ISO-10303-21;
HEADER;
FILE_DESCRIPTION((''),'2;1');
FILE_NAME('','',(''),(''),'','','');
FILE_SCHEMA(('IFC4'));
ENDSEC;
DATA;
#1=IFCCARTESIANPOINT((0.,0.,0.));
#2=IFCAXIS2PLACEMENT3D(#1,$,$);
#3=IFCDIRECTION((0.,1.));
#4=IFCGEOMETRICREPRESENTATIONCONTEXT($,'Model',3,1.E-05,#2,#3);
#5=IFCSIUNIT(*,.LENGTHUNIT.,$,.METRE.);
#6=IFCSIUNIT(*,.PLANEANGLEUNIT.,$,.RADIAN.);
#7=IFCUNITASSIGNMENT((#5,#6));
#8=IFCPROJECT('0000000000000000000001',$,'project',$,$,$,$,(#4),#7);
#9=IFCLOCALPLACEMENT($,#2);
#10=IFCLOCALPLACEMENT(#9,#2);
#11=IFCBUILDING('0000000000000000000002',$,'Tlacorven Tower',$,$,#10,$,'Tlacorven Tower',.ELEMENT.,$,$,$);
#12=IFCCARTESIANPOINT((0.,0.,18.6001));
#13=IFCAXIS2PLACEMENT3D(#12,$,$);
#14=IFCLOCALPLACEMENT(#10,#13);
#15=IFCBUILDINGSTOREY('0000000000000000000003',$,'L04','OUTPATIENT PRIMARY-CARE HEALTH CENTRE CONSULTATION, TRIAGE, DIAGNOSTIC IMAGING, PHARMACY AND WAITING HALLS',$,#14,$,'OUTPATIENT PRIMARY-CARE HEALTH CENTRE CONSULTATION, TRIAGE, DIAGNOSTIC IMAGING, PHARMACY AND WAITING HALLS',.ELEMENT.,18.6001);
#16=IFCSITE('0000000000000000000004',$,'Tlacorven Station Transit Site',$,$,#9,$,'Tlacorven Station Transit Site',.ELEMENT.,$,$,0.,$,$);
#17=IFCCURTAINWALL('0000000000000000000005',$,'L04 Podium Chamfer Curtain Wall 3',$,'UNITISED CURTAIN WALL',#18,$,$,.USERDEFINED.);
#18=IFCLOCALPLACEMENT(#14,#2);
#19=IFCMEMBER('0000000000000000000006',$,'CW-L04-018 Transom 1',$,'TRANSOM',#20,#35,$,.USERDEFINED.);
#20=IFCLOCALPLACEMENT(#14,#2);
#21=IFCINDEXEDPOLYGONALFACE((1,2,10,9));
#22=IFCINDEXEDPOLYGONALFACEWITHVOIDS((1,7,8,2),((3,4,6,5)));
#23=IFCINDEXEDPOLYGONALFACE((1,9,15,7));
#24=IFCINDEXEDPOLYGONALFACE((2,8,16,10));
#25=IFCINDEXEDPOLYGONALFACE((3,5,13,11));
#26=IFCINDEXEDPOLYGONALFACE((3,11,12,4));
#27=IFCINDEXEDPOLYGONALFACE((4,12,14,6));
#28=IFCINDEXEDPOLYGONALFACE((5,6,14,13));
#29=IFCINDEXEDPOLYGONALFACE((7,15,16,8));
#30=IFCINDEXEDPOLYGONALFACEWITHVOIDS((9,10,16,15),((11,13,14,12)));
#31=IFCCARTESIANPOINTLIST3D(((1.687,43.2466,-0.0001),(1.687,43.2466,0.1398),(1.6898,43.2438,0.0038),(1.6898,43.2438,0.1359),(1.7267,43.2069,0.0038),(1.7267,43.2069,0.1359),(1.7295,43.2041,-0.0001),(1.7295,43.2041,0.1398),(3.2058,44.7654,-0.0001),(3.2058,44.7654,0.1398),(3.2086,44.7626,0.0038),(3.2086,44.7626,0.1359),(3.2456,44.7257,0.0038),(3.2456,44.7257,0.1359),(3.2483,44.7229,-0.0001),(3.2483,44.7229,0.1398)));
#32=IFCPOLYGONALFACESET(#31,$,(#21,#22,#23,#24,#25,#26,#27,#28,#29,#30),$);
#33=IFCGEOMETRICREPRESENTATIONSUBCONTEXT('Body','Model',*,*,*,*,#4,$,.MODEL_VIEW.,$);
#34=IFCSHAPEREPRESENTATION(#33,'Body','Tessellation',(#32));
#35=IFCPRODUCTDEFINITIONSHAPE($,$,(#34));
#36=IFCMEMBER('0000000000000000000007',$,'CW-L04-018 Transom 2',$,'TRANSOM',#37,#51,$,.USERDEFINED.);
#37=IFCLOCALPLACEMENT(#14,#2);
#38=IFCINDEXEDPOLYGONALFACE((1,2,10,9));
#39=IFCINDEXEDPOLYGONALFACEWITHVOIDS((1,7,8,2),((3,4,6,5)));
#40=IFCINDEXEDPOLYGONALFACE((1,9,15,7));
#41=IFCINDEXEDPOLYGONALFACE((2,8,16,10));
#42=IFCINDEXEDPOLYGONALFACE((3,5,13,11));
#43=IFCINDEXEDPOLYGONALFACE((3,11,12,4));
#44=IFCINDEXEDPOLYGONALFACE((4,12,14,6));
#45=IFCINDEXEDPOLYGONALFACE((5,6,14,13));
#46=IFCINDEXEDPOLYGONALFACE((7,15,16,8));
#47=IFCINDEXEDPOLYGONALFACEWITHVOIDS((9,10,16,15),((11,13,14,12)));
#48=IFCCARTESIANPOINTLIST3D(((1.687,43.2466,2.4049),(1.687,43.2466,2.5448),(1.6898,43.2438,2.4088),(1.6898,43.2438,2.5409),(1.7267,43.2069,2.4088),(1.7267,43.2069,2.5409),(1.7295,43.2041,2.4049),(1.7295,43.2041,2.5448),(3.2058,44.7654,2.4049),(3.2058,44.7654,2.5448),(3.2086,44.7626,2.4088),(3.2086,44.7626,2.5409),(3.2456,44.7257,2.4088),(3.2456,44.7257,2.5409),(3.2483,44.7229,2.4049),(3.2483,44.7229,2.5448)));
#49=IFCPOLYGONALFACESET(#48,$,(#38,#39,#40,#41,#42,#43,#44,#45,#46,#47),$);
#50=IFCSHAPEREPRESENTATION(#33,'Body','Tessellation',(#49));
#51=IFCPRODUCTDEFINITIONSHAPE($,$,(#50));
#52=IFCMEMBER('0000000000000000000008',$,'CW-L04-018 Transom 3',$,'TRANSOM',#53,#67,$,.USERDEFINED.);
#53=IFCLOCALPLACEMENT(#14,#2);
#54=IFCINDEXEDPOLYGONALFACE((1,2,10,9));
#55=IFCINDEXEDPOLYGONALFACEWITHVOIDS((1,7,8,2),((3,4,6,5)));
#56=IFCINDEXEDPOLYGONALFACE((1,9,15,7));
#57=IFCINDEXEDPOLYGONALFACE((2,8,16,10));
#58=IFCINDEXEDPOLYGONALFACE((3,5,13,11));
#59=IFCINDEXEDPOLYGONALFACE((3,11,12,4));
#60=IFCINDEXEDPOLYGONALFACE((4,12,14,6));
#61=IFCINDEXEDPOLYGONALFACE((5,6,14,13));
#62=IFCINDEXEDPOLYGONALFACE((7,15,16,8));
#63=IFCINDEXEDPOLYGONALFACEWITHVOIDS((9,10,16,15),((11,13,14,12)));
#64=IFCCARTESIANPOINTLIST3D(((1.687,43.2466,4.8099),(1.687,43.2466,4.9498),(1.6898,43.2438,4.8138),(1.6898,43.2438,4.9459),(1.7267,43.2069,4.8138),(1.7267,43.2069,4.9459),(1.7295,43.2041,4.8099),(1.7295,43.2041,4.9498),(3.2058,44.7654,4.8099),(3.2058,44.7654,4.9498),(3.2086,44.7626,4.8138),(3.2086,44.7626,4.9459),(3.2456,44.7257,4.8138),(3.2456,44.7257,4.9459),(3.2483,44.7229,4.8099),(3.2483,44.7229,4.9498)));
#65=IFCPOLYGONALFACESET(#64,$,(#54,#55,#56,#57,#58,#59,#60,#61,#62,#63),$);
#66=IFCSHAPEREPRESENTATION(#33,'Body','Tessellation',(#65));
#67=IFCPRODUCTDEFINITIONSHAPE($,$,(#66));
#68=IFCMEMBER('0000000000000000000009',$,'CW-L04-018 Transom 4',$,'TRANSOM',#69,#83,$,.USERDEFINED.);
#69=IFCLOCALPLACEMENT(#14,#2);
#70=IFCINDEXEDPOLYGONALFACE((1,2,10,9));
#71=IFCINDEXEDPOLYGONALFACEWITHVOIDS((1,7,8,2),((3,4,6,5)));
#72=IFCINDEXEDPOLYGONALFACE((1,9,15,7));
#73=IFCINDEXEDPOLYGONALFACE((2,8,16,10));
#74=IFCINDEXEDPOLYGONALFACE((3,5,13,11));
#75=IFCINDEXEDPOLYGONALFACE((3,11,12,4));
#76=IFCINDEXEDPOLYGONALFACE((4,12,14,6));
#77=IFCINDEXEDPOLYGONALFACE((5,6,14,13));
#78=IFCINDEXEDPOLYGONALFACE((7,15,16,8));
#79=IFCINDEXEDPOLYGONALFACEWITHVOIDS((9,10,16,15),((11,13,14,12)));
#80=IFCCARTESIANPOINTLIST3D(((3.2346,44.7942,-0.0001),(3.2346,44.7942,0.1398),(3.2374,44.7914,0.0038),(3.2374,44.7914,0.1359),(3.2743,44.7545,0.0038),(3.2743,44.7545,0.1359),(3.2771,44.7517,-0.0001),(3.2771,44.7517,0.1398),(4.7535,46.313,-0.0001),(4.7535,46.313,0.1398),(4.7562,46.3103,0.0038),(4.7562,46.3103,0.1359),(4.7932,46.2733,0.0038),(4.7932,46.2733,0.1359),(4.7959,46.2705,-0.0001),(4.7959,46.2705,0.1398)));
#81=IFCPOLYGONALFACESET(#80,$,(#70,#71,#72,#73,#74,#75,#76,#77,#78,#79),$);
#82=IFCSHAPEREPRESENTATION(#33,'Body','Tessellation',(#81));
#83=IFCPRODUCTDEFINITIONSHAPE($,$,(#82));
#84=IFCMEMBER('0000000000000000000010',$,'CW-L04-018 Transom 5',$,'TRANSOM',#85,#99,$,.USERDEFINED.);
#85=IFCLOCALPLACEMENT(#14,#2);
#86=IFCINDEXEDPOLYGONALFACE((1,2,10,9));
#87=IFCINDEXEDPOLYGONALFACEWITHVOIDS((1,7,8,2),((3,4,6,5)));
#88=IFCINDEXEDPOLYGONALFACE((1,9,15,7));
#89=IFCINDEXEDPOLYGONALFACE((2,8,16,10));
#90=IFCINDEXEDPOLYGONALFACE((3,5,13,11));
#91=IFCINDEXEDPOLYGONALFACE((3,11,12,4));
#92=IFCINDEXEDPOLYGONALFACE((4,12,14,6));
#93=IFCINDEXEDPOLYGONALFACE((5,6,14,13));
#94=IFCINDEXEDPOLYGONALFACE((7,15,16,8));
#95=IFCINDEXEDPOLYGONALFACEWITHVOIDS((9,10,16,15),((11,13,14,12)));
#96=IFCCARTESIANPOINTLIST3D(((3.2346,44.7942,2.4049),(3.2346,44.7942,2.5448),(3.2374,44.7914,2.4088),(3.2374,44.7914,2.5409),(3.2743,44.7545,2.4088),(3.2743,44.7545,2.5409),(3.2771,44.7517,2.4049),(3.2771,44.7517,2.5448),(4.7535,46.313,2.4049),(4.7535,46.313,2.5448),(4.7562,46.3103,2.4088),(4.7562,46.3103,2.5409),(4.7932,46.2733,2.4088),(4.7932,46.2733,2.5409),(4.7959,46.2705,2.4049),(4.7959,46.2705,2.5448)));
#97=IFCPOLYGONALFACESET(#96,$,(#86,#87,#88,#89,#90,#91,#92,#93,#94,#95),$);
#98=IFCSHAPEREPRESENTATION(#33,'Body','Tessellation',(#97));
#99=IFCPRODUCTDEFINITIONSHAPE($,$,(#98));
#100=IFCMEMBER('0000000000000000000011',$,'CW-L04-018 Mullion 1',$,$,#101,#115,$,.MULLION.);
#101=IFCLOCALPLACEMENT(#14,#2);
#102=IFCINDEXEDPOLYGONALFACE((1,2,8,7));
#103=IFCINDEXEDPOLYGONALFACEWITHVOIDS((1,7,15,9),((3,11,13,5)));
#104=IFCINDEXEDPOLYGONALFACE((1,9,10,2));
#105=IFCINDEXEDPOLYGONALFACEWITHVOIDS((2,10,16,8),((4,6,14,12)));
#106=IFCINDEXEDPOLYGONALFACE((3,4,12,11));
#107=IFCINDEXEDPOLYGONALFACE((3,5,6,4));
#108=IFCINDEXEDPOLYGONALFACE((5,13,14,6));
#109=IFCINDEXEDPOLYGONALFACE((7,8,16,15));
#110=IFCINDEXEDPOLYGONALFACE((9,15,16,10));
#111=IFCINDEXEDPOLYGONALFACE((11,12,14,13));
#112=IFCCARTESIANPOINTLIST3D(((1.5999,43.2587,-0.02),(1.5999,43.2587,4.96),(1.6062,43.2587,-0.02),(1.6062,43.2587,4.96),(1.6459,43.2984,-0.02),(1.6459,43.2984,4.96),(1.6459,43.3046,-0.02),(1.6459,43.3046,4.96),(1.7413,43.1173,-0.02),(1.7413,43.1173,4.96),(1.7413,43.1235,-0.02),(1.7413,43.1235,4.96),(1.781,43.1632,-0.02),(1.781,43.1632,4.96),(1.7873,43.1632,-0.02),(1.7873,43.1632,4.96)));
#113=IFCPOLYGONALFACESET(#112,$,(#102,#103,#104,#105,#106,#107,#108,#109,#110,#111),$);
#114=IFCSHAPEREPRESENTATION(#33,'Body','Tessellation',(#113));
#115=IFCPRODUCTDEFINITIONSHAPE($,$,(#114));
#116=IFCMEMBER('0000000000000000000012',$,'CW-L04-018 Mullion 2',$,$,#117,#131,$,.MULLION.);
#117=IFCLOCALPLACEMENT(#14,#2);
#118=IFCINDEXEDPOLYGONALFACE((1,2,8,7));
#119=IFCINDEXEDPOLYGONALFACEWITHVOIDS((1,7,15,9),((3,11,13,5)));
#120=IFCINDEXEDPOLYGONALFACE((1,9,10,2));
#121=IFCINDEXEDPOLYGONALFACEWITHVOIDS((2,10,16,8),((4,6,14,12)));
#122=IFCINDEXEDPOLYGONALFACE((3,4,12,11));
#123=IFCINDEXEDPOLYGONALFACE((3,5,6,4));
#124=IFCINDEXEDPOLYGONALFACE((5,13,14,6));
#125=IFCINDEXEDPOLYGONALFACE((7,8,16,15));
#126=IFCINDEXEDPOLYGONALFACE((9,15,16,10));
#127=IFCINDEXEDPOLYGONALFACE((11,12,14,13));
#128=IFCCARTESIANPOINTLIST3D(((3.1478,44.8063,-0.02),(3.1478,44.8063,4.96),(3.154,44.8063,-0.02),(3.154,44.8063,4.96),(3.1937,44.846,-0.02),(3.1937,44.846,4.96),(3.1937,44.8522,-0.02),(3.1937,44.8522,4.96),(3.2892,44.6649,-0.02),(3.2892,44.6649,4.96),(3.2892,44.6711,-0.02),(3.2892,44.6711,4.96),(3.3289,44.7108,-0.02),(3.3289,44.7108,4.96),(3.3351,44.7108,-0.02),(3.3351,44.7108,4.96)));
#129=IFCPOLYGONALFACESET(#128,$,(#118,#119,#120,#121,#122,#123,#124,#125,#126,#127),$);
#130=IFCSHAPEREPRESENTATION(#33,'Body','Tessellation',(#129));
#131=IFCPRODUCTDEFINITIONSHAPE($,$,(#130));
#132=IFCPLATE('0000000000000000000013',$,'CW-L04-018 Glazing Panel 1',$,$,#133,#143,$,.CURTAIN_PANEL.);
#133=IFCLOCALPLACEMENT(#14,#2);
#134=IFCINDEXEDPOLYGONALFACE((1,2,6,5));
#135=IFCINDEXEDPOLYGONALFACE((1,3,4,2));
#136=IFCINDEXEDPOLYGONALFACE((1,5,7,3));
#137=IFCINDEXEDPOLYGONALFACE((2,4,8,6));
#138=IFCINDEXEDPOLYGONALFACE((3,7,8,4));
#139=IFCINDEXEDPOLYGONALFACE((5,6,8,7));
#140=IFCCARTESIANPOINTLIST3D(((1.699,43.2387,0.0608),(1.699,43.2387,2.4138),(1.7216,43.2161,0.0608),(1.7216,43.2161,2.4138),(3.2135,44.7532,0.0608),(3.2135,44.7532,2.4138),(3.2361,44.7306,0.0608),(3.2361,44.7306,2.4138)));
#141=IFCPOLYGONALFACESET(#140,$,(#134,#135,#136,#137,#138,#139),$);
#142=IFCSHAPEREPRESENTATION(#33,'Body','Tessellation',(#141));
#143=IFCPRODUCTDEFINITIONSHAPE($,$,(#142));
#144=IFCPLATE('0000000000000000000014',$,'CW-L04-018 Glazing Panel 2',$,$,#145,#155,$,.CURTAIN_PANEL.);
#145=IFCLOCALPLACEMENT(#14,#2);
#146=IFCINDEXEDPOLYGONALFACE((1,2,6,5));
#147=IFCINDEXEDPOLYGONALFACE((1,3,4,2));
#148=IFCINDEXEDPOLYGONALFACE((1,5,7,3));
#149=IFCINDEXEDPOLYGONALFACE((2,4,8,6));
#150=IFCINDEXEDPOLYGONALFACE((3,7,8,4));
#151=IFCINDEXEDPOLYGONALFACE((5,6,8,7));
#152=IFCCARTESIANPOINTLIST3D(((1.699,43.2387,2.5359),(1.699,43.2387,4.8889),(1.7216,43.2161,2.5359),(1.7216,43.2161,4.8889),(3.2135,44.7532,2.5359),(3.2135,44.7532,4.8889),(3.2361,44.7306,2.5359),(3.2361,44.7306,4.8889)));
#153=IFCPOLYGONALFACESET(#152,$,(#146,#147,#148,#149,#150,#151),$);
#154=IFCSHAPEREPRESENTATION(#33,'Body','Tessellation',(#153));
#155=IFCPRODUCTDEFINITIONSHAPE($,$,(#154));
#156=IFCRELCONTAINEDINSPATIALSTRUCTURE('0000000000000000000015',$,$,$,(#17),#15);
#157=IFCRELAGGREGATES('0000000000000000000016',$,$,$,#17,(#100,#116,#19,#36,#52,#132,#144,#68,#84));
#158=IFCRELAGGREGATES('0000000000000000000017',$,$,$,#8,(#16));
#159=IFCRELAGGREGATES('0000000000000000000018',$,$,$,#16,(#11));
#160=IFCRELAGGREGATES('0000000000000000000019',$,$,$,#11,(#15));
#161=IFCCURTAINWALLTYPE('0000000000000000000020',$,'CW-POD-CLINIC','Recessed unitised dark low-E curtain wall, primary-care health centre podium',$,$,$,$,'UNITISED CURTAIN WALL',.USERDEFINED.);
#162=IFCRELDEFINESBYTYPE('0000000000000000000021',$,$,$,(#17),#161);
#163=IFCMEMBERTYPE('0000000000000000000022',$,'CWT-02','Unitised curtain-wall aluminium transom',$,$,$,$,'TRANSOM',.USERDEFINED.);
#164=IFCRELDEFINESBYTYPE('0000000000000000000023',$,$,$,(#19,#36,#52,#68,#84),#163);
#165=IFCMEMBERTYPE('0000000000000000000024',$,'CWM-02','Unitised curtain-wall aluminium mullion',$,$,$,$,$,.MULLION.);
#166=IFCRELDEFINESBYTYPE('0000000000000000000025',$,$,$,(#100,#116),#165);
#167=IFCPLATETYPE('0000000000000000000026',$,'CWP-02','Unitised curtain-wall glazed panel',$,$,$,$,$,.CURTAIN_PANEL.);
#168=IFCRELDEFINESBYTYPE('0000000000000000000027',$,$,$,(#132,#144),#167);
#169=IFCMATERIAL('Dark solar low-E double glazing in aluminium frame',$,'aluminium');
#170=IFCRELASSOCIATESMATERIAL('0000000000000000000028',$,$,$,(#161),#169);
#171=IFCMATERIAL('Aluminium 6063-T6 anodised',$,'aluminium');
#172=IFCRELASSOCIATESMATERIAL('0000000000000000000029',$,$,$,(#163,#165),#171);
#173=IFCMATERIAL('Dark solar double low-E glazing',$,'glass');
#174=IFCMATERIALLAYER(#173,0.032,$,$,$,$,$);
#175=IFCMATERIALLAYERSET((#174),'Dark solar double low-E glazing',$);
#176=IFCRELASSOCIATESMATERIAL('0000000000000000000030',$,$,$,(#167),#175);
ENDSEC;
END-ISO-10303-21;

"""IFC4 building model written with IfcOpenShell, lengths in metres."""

from ifc_helpers import new_model, si_unit, direction, frame, origin, origin_2d, place, context, subcontext, project, spatial, rectangle, hollow_rectangle, extrude, source, transform, mapped, material, layer, layer_set, material_profile, profile_set, type_object, element, aggregate, save


model = new_model("IFC4")

# Units and contexts
model_context = context("Model", 3, precision=1e-05, world=origin(), true_north=direction((0.0, 1.0)))
body_context = subcontext(model_context, "Body", "Model", "MODEL_VIEW")
ifc_project = project(units=[si_unit("LENGTHUNIT", "METRE"), si_unit("PLANEANGLEUNIT", "RADIAN")], contexts=[model_context])

# Site, building, storey
site_placement = place(None, origin())
site = spatial("IfcSite", under=ifc_project, at=site_placement, Name="Tlacorven Station Transit Site", LongName="Tlacorven Station Transit Site", CompositionType="ELEMENT", RefElevation=0.0)
building_placement = place(site_placement, origin())
building = spatial("IfcBuilding", under=site, at=building_placement, Name="Tlacorven Tower", LongName="Tlacorven Tower", CompositionType="ELEMENT")
storey_placement = place(building_placement, frame((0.0, 0.0, 18.6001)))
storey = spatial("IfcBuildingStorey", under=building, at=storey_placement, Name="L04", Description="OUTPATIENT PRIMARY-CARE HEALTH CENTRE CONSULTATION, TRIAGE, DIAGNOSTIC IMAGING, PHARMACY AND WAITING HALLS", LongName="OUTPATIENT PRIMARY-CARE HEALTH CENTRE CONSULTATION, TRIAGE, DIAGNOSTIC IMAGING, PHARMACY AND WAITING HALLS", CompositionType="ELEMENT", Elevation=18.6001)

# Curtain wall, members, plates
ifc_material_1 = material(Name="Dark solar low-E double glazing in aluminium frame", Category="aluminium")
curtain_wall_type = type_object("IfcCurtainWallType", Name="CW-POD-CLINIC", Description="Recessed unitised dark low-E curtain wall, primary-care health centre podium", ElementType="UNITISED CURTAIN WALL", PredefinedType="USERDEFINED", material=ifc_material_1)
curtain_wall_placement = place(storey_placement, origin())
curtain_wall = element("IfcCurtainWall", 1, at=curtain_wall_placement, inside=storey, type_object=curtain_wall_type, Name="L04 Podium Chamfer Curtain Wall 3", ObjectType="UNITISED CURTAIN WALL", PredefinedType="USERDEFINED")
ifc_material_2 = material(Name="Aluminium 6063-T6 anodised", Category="aluminium")
ifc_material_profile_1 = material_profile(ifc_material_2, hollow_rectangle(XDim=0.0601, YDim=0.1399, WallThickness=0.0039, at=origin_2d()), Name="ALU TRANSOM 60X140")
ifc_profile_set_1 = profile_set([ifc_material_profile_1], Name="Aluminium 6063-T6 anodised")
member_type_1 = type_object("IfcMemberType", Name="CWT-02", Description="Unitised curtain-wall aluminium transom", ElementType="TRANSOM", PredefinedType="USERDEFINED", material=ifc_profile_set_1)
shared_shape_1 = source(origin(), body_context, "Body", "SweptSolid", [
    extrude(hollow_rectangle(XDim=0.0601, YDim=0.1399, WallThickness=0.0039, at=origin_2d()), origin(), (0.0, 0.0, 1.0), 2.1479),
])
member_1_placement = place(storey_placement, frame((1.7083, 43.2253, 0.0698), z_axis=(0.707107, 0.707107, 0.0), x_axis=(-0.707107, 0.707107, 0.0)))
member_1 = element("IfcMember", 2, at=member_1_placement, type_object=member_type_1, Name="CW-L04-018 Transom 1", ObjectType="TRANSOM", PredefinedType="USERDEFINED", context=body_context, shape_type="MappedRepresentation", body=[
    mapped(shared_shape_1, transform((0.0, 0.0, 0.0), scale=1.0)),
])
member_2_placement = place(storey_placement, frame((1.7083, 43.2253, 2.4749), z_axis=(0.707107, 0.707107, 0.0), x_axis=(-0.707107, 0.707107, 0.0)))
member_2 = element("IfcMember", 3, at=member_2_placement, type_object=member_type_1, Name="CW-L04-018 Transom 2", ObjectType="TRANSOM", PredefinedType="USERDEFINED", context=body_context, shape_type="MappedRepresentation", body=[
    mapped(shared_shape_1, transform((0.0, 0.0, 0.0), scale=1.0)),
])
member_3_placement = place(storey_placement, frame((1.7083, 43.2253, 4.8799), z_axis=(0.707107, 0.707107, 0.0), x_axis=(-0.707107, 0.707107, 0.0)))
member_3 = element("IfcMember", 4, at=member_3_placement, type_object=member_type_1, Name="CW-L04-018 Transom 3", ObjectType="TRANSOM", PredefinedType="USERDEFINED", context=body_context, shape_type="MappedRepresentation", body=[
    mapped(shared_shape_1, transform((0.0, 0.0, 0.0), scale=1.0)),
])
member_4_placement = place(storey_placement, frame((3.2559, 44.7729, 0.0698), z_axis=(0.707107, 0.707107, 0.0), x_axis=(-0.707107, 0.707107, 0.0)))
member_4 = element("IfcMember", 5, at=member_4_placement, type_object=member_type_1, Name="CW-L04-018 Transom 4", ObjectType="TRANSOM", PredefinedType="USERDEFINED", context=body_context, shape_type="MappedRepresentation", body=[
    mapped(shared_shape_1, transform((0.0, 0.0, 0.0), scale=1.0)),
])
member_5_placement = place(storey_placement, frame((3.2559, 44.7729, 2.4749), z_axis=(0.707107, 0.707107, 0.0), x_axis=(-0.707107, 0.707107, 0.0)))
member_5 = element("IfcMember", 6, at=member_5_placement, type_object=member_type_1, Name="CW-L04-018 Transom 5", ObjectType="TRANSOM", PredefinedType="USERDEFINED", context=body_context, shape_type="MappedRepresentation", body=[
    mapped(shared_shape_1, transform((0.0, 0.0, 0.0), scale=1.0)),
])
ifc_material_profile_2 = material_profile(ifc_material_2, hollow_rectangle(XDim=0.0649, YDim=0.2, WallThickness=0.0044, at=origin_2d()), Name="ALU MULLION 65X200")
ifc_profile_set_2 = profile_set([ifc_material_profile_2], Name="Aluminium 6063-T6 anodised")
member_type_2 = type_object("IfcMemberType", Name="CWM-02", Description="Unitised curtain-wall aluminium mullion", PredefinedType="MULLION", material=ifc_profile_set_2)
shared_shape_2 = source(origin(), body_context, "Body", "SweptSolid", [
    extrude(hollow_rectangle(XDim=0.0649, YDim=0.2, WallThickness=0.0044, at=origin_2d()), origin(), (0.0, 0.0, 1.0), 4.98),
])
member_6_placement = place(storey_placement, frame((1.6936, 43.2109, -0.02), z_axis=(0.0, 0.0, 1.0), x_axis=(0.707107, 0.707107, 0.0)))
member_6 = element("IfcMember", 7, at=member_6_placement, type_object=member_type_2, Name="CW-L04-018 Mullion 1", PredefinedType="MULLION", context=body_context, shape_type="MappedRepresentation", body=[
    mapped(shared_shape_2, transform((0.0, 0.0, 0.0), scale=1.0)),
])
member_7_placement = place(storey_placement, frame((3.2415, 44.7585, -0.02), z_axis=(0.0, 0.0, 1.0), x_axis=(0.707107, 0.707107, 0.0)))
member_7 = element("IfcMember", 8, at=member_7_placement, type_object=member_type_2, Name="CW-L04-018 Mullion 2", PredefinedType="MULLION", context=body_context, shape_type="MappedRepresentation", body=[
    mapped(shared_shape_2, transform((0.0, 0.0, 0.0), scale=1.0)),
])
ifc_material_3 = material(Name="Dark solar double low-E glazing", Category="glass")
ifc_layer = layer(ifc_material_3, 0.032)
ifc_layer_set = layer_set([ifc_layer], Name="Dark solar double low-E glazing")
plate_type = type_object("IfcPlateType", Name="CWP-02", Description="Unitised curtain-wall glazed panel", PredefinedType="CURTAIN_PANEL", material=ifc_layer_set)
shared_shape_3 = source(origin(), body_context, "Body", "SweptSolid", [
    extrude(rectangle(XDim=2.1418, YDim=0.032, at=origin_2d()), origin(), (0.0, 0.0, 1.0), 2.353),
])
plate_1_placement = place(storey_placement, frame((2.4675, 43.9846, 0.0608), z_axis=(0.0, 0.0, 1.0), x_axis=(0.707107, 0.707107, 0.0)))
plate_1 = element("IfcPlate", 9, at=plate_1_placement, type_object=plate_type, Name="CW-L04-018 Glazing Panel 1", PredefinedType="CURTAIN_PANEL", context=body_context, shape_type="MappedRepresentation", body=[
    mapped(shared_shape_3, transform((0.0, 0.0, 0.0), scale=1.0)),
])
plate_2_placement = place(storey_placement, frame((2.4675, 43.9846, 2.5359), z_axis=(0.0, 0.0, 1.0), x_axis=(0.707107, 0.707107, 0.0)))
plate_2 = element("IfcPlate", 10, at=plate_2_placement, type_object=plate_type, Name="CW-L04-018 Glazing Panel 2", PredefinedType="CURTAIN_PANEL", context=body_context, shape_type="MappedRepresentation", body=[
    mapped(shared_shape_3, transform((0.0, 0.0, 0.0), scale=1.0)),
])
aggregate(curtain_wall, [member_6, member_7, member_1, member_2, member_3, plate_1, plate_2, member_4, member_5])

save(model, "model.ifc")
